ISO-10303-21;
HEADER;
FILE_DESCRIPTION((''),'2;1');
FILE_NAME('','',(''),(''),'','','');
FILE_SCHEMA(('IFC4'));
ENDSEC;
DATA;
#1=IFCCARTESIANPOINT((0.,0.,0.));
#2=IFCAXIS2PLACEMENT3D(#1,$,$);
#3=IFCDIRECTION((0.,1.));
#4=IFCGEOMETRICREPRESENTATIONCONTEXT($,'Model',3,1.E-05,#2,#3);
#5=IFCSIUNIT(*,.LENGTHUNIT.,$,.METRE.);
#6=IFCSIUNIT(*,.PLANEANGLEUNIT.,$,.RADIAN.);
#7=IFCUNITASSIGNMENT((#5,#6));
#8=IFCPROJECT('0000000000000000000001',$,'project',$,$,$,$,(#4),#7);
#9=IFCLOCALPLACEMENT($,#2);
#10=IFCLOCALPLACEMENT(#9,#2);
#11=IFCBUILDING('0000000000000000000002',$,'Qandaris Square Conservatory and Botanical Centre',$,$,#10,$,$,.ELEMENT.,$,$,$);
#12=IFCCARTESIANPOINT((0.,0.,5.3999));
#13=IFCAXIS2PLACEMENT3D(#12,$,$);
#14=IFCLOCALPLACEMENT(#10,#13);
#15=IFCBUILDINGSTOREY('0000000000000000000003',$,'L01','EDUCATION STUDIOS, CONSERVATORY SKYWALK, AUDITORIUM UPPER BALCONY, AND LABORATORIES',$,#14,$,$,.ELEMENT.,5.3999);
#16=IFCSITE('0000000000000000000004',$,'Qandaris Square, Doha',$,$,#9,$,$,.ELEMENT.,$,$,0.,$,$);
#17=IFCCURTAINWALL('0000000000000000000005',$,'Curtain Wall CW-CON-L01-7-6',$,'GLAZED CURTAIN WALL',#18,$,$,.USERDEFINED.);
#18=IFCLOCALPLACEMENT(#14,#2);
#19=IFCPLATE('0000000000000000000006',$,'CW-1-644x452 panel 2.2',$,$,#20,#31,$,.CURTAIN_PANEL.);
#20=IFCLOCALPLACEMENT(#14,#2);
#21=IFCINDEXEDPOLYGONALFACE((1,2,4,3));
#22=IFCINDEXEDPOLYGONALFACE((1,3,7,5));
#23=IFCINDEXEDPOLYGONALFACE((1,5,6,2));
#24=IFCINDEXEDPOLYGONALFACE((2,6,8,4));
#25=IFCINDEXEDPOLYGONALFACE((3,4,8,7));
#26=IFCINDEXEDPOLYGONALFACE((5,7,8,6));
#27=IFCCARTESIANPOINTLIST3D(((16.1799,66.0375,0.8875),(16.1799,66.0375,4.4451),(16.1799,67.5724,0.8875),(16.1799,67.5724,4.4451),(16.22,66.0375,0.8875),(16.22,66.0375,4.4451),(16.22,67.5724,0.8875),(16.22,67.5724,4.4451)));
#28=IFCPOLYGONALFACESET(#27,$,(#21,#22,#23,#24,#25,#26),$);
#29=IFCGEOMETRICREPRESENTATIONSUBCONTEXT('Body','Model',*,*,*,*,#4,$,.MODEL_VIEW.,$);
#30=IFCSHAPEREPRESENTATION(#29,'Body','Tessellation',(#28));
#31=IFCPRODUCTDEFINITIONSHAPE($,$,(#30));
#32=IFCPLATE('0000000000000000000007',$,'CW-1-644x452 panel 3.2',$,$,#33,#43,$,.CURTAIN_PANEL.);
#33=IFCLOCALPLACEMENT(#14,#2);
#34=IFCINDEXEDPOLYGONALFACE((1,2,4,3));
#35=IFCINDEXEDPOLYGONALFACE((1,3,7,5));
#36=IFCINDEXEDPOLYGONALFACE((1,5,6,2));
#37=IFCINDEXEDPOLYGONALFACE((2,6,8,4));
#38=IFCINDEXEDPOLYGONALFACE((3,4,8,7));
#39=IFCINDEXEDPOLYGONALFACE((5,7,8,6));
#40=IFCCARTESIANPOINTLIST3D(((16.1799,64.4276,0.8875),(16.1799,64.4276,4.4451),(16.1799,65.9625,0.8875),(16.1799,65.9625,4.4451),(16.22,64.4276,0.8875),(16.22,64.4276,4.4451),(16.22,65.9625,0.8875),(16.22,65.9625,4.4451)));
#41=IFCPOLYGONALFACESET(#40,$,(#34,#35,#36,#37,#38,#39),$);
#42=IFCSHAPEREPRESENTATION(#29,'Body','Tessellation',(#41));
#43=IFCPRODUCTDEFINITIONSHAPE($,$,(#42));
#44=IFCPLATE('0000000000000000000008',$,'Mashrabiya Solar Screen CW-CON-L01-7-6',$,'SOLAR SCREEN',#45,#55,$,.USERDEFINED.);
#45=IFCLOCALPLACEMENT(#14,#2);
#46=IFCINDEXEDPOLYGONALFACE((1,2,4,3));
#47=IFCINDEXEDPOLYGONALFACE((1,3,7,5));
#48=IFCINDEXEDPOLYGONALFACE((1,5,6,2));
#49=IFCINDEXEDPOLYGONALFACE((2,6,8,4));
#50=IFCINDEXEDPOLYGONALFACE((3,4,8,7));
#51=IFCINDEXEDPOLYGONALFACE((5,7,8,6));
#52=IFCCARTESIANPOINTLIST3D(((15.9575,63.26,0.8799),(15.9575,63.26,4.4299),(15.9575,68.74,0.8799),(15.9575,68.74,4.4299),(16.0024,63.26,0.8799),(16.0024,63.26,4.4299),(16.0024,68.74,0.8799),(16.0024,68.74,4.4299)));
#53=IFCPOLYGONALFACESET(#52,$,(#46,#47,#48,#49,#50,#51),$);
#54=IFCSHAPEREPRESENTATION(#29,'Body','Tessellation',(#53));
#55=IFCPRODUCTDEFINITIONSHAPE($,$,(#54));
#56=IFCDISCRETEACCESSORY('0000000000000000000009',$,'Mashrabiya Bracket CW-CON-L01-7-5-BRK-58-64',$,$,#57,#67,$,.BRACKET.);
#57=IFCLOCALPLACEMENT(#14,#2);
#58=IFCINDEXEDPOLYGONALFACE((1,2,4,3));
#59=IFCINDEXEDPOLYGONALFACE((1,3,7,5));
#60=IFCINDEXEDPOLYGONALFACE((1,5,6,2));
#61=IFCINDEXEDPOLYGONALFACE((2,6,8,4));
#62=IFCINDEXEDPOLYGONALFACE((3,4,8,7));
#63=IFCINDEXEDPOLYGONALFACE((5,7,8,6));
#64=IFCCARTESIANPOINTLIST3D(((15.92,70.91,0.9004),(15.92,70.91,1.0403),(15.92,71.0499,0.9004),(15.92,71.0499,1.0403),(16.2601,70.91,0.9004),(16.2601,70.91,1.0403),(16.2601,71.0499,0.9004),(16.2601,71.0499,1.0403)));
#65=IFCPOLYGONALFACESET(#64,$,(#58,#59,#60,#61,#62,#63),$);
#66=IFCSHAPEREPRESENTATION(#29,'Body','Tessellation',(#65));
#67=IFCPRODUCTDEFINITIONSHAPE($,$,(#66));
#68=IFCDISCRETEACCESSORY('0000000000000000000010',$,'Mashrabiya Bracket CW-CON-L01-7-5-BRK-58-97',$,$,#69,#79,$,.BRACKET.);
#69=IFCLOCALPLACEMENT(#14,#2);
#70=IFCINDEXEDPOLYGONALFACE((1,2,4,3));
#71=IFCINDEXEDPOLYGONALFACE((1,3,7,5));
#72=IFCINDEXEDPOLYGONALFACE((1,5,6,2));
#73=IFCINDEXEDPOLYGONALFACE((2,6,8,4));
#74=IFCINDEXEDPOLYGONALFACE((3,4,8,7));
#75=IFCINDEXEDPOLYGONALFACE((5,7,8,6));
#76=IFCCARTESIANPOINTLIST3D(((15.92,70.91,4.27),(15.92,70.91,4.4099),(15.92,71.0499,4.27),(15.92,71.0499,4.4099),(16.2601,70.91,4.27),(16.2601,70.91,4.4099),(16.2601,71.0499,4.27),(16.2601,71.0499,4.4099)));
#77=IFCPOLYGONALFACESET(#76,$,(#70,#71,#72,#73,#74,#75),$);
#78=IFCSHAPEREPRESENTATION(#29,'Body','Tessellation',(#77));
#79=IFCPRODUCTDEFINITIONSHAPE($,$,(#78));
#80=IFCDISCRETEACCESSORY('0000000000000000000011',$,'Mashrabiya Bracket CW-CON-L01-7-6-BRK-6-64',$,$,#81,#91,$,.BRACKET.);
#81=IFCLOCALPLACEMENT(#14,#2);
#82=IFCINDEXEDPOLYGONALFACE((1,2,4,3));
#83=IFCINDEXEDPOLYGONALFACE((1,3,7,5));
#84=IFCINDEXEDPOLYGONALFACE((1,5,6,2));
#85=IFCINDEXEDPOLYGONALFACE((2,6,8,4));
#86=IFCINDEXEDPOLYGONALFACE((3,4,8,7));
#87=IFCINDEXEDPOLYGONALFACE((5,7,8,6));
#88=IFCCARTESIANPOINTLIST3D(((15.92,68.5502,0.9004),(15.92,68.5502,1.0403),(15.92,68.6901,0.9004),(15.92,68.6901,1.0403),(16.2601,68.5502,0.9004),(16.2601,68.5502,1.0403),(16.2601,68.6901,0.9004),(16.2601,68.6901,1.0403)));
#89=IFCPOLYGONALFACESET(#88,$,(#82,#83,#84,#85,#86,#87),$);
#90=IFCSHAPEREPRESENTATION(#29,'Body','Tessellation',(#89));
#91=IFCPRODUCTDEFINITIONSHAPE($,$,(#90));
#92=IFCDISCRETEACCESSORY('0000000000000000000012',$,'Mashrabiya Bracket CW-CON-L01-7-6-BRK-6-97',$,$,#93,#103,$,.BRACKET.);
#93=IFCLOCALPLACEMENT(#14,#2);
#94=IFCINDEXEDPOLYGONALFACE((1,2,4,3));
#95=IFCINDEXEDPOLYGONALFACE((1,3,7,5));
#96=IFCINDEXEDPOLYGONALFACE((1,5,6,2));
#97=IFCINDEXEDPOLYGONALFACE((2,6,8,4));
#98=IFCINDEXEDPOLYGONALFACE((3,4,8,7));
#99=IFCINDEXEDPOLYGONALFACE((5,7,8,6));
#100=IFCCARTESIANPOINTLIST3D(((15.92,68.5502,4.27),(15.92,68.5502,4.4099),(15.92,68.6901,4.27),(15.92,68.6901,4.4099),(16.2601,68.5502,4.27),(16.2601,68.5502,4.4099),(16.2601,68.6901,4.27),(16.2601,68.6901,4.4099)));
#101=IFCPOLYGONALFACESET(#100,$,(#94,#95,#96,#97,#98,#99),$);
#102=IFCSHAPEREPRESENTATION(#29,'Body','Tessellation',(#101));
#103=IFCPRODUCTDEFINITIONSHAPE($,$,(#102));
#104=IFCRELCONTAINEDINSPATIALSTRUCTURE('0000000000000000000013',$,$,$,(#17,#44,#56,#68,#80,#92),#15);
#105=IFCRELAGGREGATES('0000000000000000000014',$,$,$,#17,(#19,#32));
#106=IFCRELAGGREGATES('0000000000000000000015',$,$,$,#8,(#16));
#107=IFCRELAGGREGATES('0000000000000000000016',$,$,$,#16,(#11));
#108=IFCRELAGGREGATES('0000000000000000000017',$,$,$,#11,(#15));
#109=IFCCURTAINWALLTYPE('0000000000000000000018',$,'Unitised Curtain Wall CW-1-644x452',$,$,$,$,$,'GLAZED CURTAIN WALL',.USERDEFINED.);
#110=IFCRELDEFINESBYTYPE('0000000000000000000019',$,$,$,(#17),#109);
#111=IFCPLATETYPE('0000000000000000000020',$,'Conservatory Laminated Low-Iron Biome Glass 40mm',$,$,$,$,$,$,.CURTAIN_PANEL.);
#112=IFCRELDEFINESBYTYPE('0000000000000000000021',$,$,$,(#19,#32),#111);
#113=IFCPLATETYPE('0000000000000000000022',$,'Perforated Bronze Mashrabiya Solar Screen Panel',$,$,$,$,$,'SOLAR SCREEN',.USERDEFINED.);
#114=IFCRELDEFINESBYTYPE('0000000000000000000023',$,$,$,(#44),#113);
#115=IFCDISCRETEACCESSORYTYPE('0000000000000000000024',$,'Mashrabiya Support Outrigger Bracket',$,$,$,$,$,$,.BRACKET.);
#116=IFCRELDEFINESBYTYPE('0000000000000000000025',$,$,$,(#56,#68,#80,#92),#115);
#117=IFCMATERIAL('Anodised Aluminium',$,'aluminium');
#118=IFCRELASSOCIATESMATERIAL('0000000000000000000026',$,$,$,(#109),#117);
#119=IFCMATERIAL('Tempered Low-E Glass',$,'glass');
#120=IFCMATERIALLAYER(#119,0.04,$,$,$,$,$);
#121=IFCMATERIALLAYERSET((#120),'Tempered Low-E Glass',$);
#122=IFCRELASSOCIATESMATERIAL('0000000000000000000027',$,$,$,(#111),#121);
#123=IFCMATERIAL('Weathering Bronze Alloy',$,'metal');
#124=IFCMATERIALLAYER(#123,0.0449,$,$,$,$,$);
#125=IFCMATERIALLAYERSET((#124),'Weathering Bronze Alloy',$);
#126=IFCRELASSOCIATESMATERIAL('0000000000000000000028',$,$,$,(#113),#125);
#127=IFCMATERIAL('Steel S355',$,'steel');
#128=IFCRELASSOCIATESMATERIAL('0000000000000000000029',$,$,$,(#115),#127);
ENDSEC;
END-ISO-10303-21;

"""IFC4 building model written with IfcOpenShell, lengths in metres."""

from ifc_helpers import new_model, si_unit, direction, frame, origin, origin_2d, place, context, subcontext, project, spatial, rectangle, extrude, material, layer, layer_set, type_object, element, aggregate, save


model = new_model("IFC4")

# Units and contexts
model_context = context("Model", 3, precision=1e-05, world=origin(), true_north=direction((0.0, 1.0)))
body_context = subcontext(model_context, "Body", "Model", "MODEL_VIEW")
ifc_project = project(units=[si_unit("LENGTHUNIT", "METRE"), si_unit("PLANEANGLEUNIT", "RADIAN")], contexts=[model_context])

# Site, building, storey
site_placement = place(None, origin())
site = spatial("IfcSite", under=ifc_project, at=site_placement, Name="Qandaris Square, Doha", CompositionType="ELEMENT", RefElevation=0.0)
building_placement = place(site_placement, origin())
building = spatial("IfcBuilding", under=site, at=building_placement, Name="Qandaris Square Conservatory and Botanical Centre", CompositionType="ELEMENT")
storey_placement = place(building_placement, frame((0.0, 0.0, 5.3999)))
storey = spatial("IfcBuildingStorey", under=building, at=storey_placement, Name="L01", Description="EDUCATION STUDIOS, CONSERVATORY SKYWALK, AUDITORIUM UPPER BALCONY, AND LABORATORIES", CompositionType="ELEMENT", Elevation=5.3999)

# Shared definitions
ifc_material_1 = material(Name="Steel S355", Category="steel")

# Curtain wall
ifc_material_2 = material(Name="Anodised Aluminium", Category="aluminium")
curtain_wall_type = type_object("IfcCurtainWallType", Name="Unitised Curtain Wall CW-1-644x452", ElementType="GLAZED CURTAIN WALL", PredefinedType="USERDEFINED", material=ifc_material_2)
curtain_wall_1_placement = place(storey_placement, origin())
curtain_wall_1 = element("IfcCurtainWall", 1, at=curtain_wall_1_placement, inside=storey, type_object=curtain_wall_type, Name="Curtain Wall CW-CON-L01-7-6", ObjectType="GLAZED CURTAIN WALL", PredefinedType="USERDEFINED")

# Plates
ifc_material_3 = material(Name="Tempered Low-E Glass", Category="glass")
ifc_layer_1 = layer(ifc_material_3, 0.04)
ifc_layer_set_1 = layer_set([ifc_layer_1], Name="Tempered Low-E Glass")
plate_type_1 = type_object("IfcPlateType", Name="Conservatory Laminated Low-Iron Biome Glass 40mm", PredefinedType="CURTAIN_PANEL", material=ifc_layer_set_1)
plate_1_placement = place(storey_placement, frame((16.2, 66.8049, 0.8875), z_axis=(0.0, 0.0, 1.0), x_axis=(0.0, -1.0, 0.0)))
plate_1 = element("IfcPlate", 2, at=plate_1_placement, type_object=plate_type_1, Name="CW-1-644x452 panel 2.2", PredefinedType="CURTAIN_PANEL", context=body_context, shape_type="SweptSolid", body=[
    extrude(rectangle(XDim=1.5349, YDim=0.04, at=origin_2d()), origin(), (0.0, 0.0, 1.0), 3.5576),
])
plate_2_placement = place(storey_placement, frame((16.2, 65.1951, 0.8875), z_axis=(0.0, 0.0, 1.0), x_axis=(0.0, -1.0, 0.0)))
plate_2 = element("IfcPlate", 3, at=plate_2_placement, type_object=plate_type_1, Name="CW-1-644x452 panel 3.2", PredefinedType="CURTAIN_PANEL", context=body_context, shape_type="SweptSolid", body=[
    extrude(rectangle(XDim=1.5349, YDim=0.04, at=origin_2d()), origin(), (0.0, 0.0, 1.0), 3.5576),
])
aggregate(curtain_wall_1, [plate_1, plate_2])
ifc_material_4 = material(Name="Weathering Bronze Alloy", Category="metal")
ifc_layer_2 = layer(ifc_material_4, 0.0449)
ifc_layer_set_2 = layer_set([ifc_layer_2], Name="Weathering Bronze Alloy")
plate_type_2 = type_object("IfcPlateType", Name="Perforated Bronze Mashrabiya Solar Screen Panel", ElementType="SOLAR SCREEN", PredefinedType="USERDEFINED", material=ifc_layer_set_2)
plate_3_placement = place(storey_placement, frame((15.98, 66.0, 0.8799), z_axis=(0.0, 0.0, 1.0), x_axis=(0.0, -1.0, 0.0)))
element("IfcPlate", 4, at=plate_3_placement, inside=storey, type_object=plate_type_2, Name="Mashrabiya Solar Screen CW-CON-L01-7-6", ObjectType="SOLAR SCREEN", PredefinedType="USERDEFINED", context=body_context, shape_type="SweptSolid", body=[
    extrude(rectangle(XDim=5.48, YDim=0.0449, at=origin_2d()), origin(), (0.0, 0.0, 1.0), 3.55),
])

# Discrete accessories
discrete_accessory_type = type_object("IfcDiscreteAccessoryType", Name="Mashrabiya Support Outrigger Bracket", PredefinedType="BRACKET", material=ifc_material_1)
for number, where, z_axis, x_axis, name in (
    (5, (16.0901, 70.98, 0.9004), (0.0, 0.0, 1.0), (0.0, -1.0, 0.0), "Mashrabiya Bracket CW-CON-L01-7-5-BRK-58-64"),
    (6, (16.0901, 70.98, 4.27), (0.0, 0.0, 1.0), (0.0, -1.0, 0.0), "Mashrabiya Bracket CW-CON-L01-7-5-BRK-58-97"),
    (7, (16.0901, 68.6201, 0.9004), (0.0, 0.0, 1.0), (0.0, -1.0, 0.0), "Mashrabiya Bracket CW-CON-L01-7-6-BRK-6-64"),
    (8, (16.0901, 68.6201, 4.27), (0.0, 0.0, 1.0), (0.0, -1.0, 0.0), "Mashrabiya Bracket CW-CON-L01-7-6-BRK-6-97"),
):
    element("IfcDiscreteAccessory", number, at=place(storey_placement, frame(where, z_axis=z_axis, x_axis=x_axis)), inside=storey, type_object=discrete_accessory_type, Name=name, PredefinedType="BRACKET", context=body_context, shape_type="SweptSolid", body=[
        extrude(rectangle(XDim=0.1399, YDim=0.3401, at=origin_2d()), origin(), (0.0, 0.0, 1.0), 0.1399),
    ])

save(model, "model.ifc")
